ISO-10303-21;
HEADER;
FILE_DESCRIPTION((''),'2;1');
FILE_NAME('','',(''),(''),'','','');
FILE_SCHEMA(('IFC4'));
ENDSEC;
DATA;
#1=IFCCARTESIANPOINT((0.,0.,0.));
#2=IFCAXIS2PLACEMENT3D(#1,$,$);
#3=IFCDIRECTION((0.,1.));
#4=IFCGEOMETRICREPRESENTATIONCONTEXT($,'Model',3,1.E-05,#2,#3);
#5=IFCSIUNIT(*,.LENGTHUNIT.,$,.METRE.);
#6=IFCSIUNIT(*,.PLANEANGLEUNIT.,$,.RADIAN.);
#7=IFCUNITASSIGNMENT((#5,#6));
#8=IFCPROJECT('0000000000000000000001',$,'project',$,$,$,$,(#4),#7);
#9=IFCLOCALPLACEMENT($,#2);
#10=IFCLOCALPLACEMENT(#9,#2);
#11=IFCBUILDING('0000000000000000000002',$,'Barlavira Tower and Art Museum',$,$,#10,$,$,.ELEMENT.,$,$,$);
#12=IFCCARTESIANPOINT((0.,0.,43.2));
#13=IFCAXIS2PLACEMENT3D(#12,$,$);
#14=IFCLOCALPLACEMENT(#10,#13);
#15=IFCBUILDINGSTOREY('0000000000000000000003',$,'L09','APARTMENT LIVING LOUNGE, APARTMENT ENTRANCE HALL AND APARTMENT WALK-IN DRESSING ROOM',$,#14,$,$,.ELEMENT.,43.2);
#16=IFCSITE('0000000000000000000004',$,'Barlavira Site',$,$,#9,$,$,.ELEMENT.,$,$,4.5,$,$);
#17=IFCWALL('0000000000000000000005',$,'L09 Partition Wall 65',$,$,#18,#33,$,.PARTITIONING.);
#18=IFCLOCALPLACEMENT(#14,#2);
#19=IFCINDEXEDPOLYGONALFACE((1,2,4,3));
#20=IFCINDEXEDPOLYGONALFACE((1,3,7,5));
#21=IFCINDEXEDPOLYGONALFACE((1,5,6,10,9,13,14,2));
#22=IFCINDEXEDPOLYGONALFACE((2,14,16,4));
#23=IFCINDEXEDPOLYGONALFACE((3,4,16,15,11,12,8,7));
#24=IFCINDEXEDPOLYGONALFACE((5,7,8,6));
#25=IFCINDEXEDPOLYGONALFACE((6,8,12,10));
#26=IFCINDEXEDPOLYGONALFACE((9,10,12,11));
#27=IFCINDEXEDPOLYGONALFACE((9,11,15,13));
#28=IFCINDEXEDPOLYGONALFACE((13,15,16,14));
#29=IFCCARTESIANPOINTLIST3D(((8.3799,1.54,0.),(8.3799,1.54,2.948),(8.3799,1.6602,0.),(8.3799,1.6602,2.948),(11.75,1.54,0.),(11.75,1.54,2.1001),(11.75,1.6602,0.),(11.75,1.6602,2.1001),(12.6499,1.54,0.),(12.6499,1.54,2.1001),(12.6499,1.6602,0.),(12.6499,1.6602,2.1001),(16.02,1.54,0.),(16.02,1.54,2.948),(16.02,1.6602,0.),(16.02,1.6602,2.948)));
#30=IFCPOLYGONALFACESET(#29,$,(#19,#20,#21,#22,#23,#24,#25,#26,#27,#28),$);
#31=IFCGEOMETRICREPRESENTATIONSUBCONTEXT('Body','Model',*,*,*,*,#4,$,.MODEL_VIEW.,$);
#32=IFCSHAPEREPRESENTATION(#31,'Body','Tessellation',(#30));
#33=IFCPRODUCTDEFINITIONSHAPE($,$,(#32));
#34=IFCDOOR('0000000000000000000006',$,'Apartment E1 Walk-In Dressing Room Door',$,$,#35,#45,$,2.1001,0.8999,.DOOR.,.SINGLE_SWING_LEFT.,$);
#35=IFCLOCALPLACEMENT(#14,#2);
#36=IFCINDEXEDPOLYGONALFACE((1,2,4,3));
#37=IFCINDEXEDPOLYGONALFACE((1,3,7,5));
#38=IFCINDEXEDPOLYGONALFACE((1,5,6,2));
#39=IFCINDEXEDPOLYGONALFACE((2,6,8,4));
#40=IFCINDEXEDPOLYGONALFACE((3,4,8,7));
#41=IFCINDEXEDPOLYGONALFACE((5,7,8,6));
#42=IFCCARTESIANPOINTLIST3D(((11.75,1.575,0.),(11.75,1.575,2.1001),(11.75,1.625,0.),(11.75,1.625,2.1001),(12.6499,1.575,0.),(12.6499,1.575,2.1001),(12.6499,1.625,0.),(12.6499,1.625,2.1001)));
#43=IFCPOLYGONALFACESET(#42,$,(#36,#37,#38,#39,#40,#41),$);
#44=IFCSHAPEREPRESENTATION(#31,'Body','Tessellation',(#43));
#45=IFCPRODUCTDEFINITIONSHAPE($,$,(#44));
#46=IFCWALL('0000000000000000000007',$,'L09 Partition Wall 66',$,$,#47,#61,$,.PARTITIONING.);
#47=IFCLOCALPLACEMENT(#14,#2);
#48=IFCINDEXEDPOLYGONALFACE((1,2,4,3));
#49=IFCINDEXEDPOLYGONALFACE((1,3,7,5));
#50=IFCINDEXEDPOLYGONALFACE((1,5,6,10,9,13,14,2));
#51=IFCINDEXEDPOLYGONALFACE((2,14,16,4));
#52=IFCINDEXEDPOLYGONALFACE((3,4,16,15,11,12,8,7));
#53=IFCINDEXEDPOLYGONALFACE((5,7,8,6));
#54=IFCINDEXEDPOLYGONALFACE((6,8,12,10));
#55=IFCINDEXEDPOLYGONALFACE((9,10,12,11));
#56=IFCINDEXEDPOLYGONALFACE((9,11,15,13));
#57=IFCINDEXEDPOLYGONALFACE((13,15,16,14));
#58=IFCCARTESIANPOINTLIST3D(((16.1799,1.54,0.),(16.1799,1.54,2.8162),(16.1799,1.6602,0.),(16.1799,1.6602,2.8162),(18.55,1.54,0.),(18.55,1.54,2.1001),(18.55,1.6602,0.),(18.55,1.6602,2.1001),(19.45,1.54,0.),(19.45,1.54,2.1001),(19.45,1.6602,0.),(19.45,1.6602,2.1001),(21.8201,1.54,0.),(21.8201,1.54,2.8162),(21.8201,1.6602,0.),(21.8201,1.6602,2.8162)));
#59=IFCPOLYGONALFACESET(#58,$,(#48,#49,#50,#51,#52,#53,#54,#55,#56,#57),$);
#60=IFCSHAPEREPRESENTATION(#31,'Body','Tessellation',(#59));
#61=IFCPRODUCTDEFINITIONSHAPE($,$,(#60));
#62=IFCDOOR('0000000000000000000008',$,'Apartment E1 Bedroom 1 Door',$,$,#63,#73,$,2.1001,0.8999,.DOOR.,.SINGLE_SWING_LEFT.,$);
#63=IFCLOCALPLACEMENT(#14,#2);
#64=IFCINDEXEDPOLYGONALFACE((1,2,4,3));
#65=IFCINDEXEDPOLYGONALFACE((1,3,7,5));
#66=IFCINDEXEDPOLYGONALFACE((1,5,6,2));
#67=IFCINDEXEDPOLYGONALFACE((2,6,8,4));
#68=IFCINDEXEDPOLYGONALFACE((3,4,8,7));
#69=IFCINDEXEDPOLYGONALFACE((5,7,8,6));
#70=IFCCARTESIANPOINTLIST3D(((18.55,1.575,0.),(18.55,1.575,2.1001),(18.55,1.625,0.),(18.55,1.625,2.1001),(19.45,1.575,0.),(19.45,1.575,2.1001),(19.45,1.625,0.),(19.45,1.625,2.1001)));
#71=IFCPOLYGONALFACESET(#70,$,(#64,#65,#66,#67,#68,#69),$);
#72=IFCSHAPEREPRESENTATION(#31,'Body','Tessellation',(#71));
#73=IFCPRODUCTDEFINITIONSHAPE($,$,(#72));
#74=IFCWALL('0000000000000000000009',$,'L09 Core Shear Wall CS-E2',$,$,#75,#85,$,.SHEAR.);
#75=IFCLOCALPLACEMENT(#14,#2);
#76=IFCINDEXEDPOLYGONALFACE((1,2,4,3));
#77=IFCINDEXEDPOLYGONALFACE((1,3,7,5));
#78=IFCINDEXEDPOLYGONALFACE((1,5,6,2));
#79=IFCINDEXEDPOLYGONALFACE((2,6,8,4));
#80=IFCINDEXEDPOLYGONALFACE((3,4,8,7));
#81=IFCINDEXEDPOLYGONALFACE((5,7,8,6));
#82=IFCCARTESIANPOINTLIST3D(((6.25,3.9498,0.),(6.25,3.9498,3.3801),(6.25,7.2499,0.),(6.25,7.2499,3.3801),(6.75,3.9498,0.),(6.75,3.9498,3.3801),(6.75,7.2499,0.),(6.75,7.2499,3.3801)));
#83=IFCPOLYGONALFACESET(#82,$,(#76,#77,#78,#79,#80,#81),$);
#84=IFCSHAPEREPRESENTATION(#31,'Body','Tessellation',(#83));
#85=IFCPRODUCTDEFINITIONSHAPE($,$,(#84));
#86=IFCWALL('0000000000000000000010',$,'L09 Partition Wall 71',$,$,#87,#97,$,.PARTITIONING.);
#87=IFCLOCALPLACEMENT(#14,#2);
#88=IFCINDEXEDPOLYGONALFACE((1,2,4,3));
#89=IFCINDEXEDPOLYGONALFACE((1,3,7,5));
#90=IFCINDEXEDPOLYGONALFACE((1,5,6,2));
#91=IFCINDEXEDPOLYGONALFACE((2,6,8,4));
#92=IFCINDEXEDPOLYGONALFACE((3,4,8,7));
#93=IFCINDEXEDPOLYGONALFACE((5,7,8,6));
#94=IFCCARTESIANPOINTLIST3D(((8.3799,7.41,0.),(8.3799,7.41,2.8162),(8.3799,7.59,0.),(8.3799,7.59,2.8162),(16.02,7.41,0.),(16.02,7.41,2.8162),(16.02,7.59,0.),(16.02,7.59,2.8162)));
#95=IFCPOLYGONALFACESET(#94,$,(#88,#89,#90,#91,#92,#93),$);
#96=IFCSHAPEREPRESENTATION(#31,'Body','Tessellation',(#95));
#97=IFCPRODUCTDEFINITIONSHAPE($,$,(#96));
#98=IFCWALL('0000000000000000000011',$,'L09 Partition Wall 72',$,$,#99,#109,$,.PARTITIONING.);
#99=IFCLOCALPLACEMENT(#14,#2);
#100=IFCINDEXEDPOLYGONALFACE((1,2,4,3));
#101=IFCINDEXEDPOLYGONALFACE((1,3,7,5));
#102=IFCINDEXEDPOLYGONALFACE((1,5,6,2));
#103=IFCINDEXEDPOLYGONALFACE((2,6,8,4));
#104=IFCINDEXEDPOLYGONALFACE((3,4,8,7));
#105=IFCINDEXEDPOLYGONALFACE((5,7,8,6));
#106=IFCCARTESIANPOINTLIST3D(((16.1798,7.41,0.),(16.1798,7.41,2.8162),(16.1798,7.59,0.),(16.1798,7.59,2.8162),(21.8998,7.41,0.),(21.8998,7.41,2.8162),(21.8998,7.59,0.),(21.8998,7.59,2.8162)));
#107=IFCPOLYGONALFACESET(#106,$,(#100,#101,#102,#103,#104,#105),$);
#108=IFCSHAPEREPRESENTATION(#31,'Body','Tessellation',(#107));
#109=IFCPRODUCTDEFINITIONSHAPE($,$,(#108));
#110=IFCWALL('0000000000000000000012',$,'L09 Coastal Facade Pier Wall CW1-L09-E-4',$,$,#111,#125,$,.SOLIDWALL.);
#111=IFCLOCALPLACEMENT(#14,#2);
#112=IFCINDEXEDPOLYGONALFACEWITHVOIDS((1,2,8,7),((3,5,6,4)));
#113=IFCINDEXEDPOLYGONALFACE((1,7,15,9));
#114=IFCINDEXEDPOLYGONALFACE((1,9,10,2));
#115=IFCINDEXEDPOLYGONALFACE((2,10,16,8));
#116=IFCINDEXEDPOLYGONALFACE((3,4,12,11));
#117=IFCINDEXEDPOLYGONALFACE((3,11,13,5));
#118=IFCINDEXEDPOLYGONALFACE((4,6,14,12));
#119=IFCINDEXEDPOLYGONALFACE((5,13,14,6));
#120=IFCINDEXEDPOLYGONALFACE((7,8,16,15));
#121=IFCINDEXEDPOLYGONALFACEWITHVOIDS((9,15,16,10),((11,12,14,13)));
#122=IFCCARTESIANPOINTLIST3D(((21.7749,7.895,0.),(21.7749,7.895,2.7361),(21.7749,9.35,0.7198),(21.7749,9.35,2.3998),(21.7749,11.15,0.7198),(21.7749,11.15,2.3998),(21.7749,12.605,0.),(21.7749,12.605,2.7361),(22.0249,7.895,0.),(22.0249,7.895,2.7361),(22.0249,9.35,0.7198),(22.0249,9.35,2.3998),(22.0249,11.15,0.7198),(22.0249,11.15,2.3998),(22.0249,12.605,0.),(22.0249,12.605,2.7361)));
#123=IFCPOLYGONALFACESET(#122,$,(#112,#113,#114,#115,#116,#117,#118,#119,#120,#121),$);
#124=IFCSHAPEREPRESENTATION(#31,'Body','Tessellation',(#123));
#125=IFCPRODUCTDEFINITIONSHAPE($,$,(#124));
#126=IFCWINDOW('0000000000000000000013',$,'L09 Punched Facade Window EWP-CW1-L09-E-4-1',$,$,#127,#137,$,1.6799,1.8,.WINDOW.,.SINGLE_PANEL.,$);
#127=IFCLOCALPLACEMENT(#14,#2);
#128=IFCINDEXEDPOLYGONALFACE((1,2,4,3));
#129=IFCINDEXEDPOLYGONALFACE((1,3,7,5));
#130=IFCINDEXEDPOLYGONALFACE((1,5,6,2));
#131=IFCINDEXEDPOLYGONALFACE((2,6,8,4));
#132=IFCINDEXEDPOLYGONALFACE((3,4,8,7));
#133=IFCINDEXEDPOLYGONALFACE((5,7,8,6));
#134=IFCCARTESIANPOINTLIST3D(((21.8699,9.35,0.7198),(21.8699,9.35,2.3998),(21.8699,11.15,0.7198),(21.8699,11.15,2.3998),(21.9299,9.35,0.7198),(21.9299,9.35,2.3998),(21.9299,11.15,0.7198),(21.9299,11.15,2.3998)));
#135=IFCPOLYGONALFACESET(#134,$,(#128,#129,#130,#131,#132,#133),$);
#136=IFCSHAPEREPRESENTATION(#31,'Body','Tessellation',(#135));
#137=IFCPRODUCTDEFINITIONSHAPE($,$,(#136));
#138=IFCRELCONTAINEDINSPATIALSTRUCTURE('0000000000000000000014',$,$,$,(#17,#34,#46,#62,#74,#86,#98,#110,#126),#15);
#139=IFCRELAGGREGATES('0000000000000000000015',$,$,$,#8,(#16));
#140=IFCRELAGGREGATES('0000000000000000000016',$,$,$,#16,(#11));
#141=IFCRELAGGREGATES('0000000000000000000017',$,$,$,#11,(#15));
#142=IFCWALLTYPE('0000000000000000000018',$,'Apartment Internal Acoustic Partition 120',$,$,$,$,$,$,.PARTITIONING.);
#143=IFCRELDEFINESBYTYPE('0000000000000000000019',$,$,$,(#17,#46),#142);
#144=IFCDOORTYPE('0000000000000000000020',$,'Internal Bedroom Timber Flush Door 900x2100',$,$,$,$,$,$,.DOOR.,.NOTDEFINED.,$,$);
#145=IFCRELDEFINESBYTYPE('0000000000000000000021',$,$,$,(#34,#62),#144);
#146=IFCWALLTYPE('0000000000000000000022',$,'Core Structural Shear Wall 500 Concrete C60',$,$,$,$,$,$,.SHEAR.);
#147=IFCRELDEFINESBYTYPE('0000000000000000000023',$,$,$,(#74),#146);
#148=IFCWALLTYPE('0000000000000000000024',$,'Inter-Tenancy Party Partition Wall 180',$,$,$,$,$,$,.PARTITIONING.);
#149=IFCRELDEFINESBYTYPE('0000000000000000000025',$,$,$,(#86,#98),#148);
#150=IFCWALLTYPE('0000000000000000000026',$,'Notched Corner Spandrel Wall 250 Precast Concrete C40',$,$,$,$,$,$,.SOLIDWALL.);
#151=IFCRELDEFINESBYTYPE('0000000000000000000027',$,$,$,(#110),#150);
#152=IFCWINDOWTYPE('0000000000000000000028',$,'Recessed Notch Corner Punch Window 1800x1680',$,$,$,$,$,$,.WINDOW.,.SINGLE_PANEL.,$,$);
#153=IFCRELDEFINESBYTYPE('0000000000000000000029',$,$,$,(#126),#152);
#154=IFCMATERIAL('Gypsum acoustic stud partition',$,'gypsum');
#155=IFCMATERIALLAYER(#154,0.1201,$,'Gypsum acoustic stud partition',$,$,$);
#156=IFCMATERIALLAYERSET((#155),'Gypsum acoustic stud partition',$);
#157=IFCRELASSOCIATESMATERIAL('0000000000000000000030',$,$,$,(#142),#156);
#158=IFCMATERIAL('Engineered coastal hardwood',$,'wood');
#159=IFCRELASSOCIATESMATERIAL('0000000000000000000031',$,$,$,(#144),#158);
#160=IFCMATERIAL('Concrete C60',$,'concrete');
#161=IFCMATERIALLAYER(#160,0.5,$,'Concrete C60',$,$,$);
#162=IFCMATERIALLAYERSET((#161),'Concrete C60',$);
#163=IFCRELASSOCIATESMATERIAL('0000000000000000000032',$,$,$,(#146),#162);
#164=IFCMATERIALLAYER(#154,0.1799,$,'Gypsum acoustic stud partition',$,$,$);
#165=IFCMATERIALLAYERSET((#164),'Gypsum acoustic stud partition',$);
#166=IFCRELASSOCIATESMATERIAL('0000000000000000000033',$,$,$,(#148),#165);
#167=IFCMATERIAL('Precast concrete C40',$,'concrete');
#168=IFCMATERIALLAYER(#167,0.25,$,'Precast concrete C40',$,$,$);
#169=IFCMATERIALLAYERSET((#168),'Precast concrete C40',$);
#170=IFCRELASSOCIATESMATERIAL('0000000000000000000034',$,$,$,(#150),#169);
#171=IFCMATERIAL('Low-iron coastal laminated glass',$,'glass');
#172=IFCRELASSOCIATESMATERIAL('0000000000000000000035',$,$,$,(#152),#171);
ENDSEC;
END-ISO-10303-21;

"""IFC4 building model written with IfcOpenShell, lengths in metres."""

from ifc_helpers import new_model, si_unit, direction, frame, frame_2d, origin, place, context, subcontext, project, spatial, rectangle, extrude, material, layer, layer_set, type_object, element, fill, save


model = new_model("IFC4")

# Units and contexts
model_context = context("Model", 3, precision=1e-05, world=origin(), true_north=direction((0.0, 1.0)))
body_context = subcontext(model_context, "Body", "Model", "MODEL_VIEW")
ifc_project = project(units=[si_unit("LENGTHUNIT", "METRE"), si_unit("PLANEANGLEUNIT", "RADIAN")], contexts=[model_context])

# Site, building, storey
site_placement = place(None, origin())
site = spatial("IfcSite", under=ifc_project, at=site_placement, Name="Barlavira Site", CompositionType="ELEMENT", RefElevation=4.5)
building_placement = place(site_placement, origin())
building = spatial("IfcBuilding", under=site, at=building_placement, Name="Barlavira Tower and Art Museum", CompositionType="ELEMENT")
storey_placement = place(building_placement, frame((0.0, 0.0, 43.2)))
storey = spatial("IfcBuildingStorey", under=building, at=storey_placement, Name="L09", Description="APARTMENT LIVING LOUNGE, APARTMENT ENTRANCE HALL AND APARTMENT WALK-IN DRESSING ROOM", CompositionType="ELEMENT", Elevation=43.2)

# Shared definitions
ifc_material_1 = material(Name="Concrete C60", Category="concrete")

# Shared definitions
ifc_material_2 = material(Name="Low-iron coastal laminated glass", Category="glass")

# Walls, openings, doors
ifc_material_3 = material(Name="Gypsum acoustic stud partition", Category="gypsum")
ifc_layer_1 = layer(ifc_material_3, 0.1201, Name="Gypsum acoustic stud partition")
ifc_layer_set_1 = layer_set([ifc_layer_1], Name="Gypsum acoustic stud partition")
wall_type_1 = type_object("IfcWallType", Name="Apartment Internal Acoustic Partition 120", PredefinedType="PARTITIONING", material=ifc_layer_set_1)
wall_1_placement = place(storey_placement, frame((8.3799, 1.6001, 0.0), z_axis=(0.0, 0.0, 1.0), x_axis=(1.0, 0.0, 0.0)))
wall_1 = element("IfcWall", 1, at=wall_1_placement, inside=storey, type_object=wall_type_1, Name="L09 Partition Wall 65", PredefinedType="PARTITIONING", context=body_context, shape_type="SweptSolid", body=[
    extrude(rectangle(XDim=7.6401, YDim=0.1201, at=frame_2d((3.8201, 0.0))), origin(), (0.0, 0.0, 1.0), 2.948),
])
opening_1_placement = place(wall_1_placement, frame((3.3701, 0.0, 0.0)))
opening_1 = element("IfcOpeningElement", 2, at=opening_1_placement, cuts=wall_1, PredefinedType="OPENING", context=body_context, shape_type="SweptSolid", body=[
    extrude(rectangle(XDim=0.8999, YDim=2.1001, at=frame_2d((0.45, 1.05))), frame((0.0, 0.0701, 0.0), z_axis=(0.0, -1.0, 0.0), x_axis=(1.0, 0.0, 0.0)), (0.0, 0.0, 1.0), 0.1401),
])
ifc_material_4 = material(Name="Engineered coastal hardwood", Category="wood")
door_type = type_object("IfcDoorType", Name="Internal Bedroom Timber Flush Door 900x2100", OperationType="NOTDEFINED", PredefinedType="DOOR", material=ifc_material_4)
door_1_placement = place(opening_1_placement, origin())
door_1 = element("IfcDoor", 3, at=door_1_placement, inside=storey, type_object=door_type, Name="Apartment E1 Walk-In Dressing Room Door", OperationType="SINGLE_SWING_LEFT", OverallHeight=2.1001, OverallWidth=0.8999, PredefinedType="DOOR", context=body_context, shape_type="SweptSolid", body=[
    extrude(rectangle(XDim=0.8999, YDim=2.1001, at=frame_2d((0.45, 1.05))), frame((0.0, 0.0249, 0.0), z_axis=(0.0, -1.0, 0.0), x_axis=(1.0, 0.0, 0.0)), (0.0, 0.0, 1.0), 0.05),
])
fill(opening_1, door_1)
wall_2_placement = place(storey_placement, frame((16.1799, 1.6001, 0.0), z_axis=(0.0, 0.0, 1.0), x_axis=(1.0, 0.0, 0.0)))
wall_2 = element("IfcWall", 4, at=wall_2_placement, inside=storey, type_object=wall_type_1, Name="L09 Partition Wall 66", PredefinedType="PARTITIONING", context=body_context, shape_type="SweptSolid", body=[
    extrude(rectangle(XDim=5.6401, YDim=0.1201, at=frame_2d((2.8201, 0.0))), origin(), (0.0, 0.0, 1.0), 2.8162),
])
opening_2_placement = place(wall_2_placement, frame((2.3701, 0.0, 0.0)))
opening_2 = element("IfcOpeningElement", 5, at=opening_2_placement, cuts=wall_2, PredefinedType="OPENING", context=body_context, shape_type="SweptSolid", body=[
    extrude(rectangle(XDim=0.8999, YDim=2.1001, at=frame_2d((0.45, 1.05))), frame((0.0, 0.0701, 0.0), z_axis=(0.0, -1.0, 0.0), x_axis=(1.0, 0.0, 0.0)), (0.0, 0.0, 1.0), 0.1401),
])
door_2_placement = place(opening_2_placement, origin())
door_2 = element("IfcDoor", 6, at=door_2_placement, inside=storey, type_object=door_type, Name="Apartment E1 Bedroom 1 Door", OperationType="SINGLE_SWING_LEFT", OverallHeight=2.1001, OverallWidth=0.8999, PredefinedType="DOOR", context=body_context, shape_type="SweptSolid", body=[
    extrude(rectangle(XDim=0.8999, YDim=2.1001, at=frame_2d((0.45, 1.05))), frame((0.0, 0.0249, 0.0), z_axis=(0.0, -1.0, 0.0), x_axis=(1.0, 0.0, 0.0)), (0.0, 0.0, 1.0), 0.05),
])
fill(opening_2, door_2)

# Walls
ifc_layer_2 = layer(ifc_material_1, 0.5, Name="Concrete C60")
ifc_layer_set_2 = layer_set([ifc_layer_2], Name="Concrete C60")
wall_type_2 = type_object("IfcWallType", Name="Core Structural Shear Wall 500 Concrete C60", PredefinedType="SHEAR", material=ifc_layer_set_2)
wall_3_placement = place(storey_placement, frame((6.5, 3.95, 0.0), z_axis=(0.0, 0.0, 1.0), x_axis=(0.0, 1.0, 0.0)))
element("IfcWall", 7, at=wall_3_placement, inside=storey, type_object=wall_type_2, Name="L09 Core Shear Wall CS-E2", PredefinedType="SHEAR", context=body_context, shape_type="SweptSolid", body=[
    extrude(rectangle(XDim=3.3, YDim=0.5, at=frame_2d((1.6499, 0.0))), origin(), (0.0, 0.0, 1.0), 3.3801),
])
ifc_layer_3 = layer(ifc_material_3, 0.1799, Name="Gypsum acoustic stud partition")
ifc_layer_set_3 = layer_set([ifc_layer_3], Name="Gypsum acoustic stud partition")
wall_type_3 = type_object("IfcWallType", Name="Inter-Tenancy Party Partition Wall 180", PredefinedType="PARTITIONING", material=ifc_layer_set_3)
wall_4_placement = place(storey_placement, frame((8.3799, 7.5, 0.0), z_axis=(0.0, 0.0, 1.0), x_axis=(1.0, 0.0, 0.0)))
element("IfcWall", 8, at=wall_4_placement, inside=storey, type_object=wall_type_3, Name="L09 Partition Wall 71", PredefinedType="PARTITIONING", context=body_context, shape_type="SweptSolid", body=[
    extrude(rectangle(XDim=7.6401, YDim=0.1799, at=frame_2d((3.8201, 0.0))), origin(), (0.0, 0.0, 1.0), 2.8162),
])
wall_5_placement = place(storey_placement, frame((16.1799, 7.5, 0.0), z_axis=(0.0, 0.0, 1.0), x_axis=(1.0, 0.0, 0.0)))
element("IfcWall", 9, at=wall_5_placement, inside=storey, type_object=wall_type_3, Name="L09 Partition Wall 72", PredefinedType="PARTITIONING", context=body_context, shape_type="SweptSolid", body=[
    extrude(rectangle(XDim=5.72, YDim=0.1799, at=frame_2d((2.8599, 0.0))), origin(), (0.0, 0.0, 1.0), 2.8162),
])

# Wall, opening, window
ifc_material_5 = material(Name="Precast concrete C40", Category="concrete")
ifc_layer_4 = layer(ifc_material_5, 0.25, Name="Precast concrete C40")
ifc_layer_set_4 = layer_set([ifc_layer_4], Name="Precast concrete C40")
wall_type_4 = type_object("IfcWallType", Name="Notched Corner Spandrel Wall 250 Precast Concrete C40", PredefinedType="SOLIDWALL", material=ifc_layer_set_4)
wall_6_placement = place(storey_placement, frame((21.8999, 7.895, 0.0), z_axis=(0.0, 0.0, 1.0), x_axis=(0.0, 1.0, 0.0)))
wall_6 = element("IfcWall", 10, at=wall_6_placement, inside=storey, type_object=wall_type_4, Name="L09 Coastal Facade Pier Wall CW1-L09-E-4", PredefinedType="SOLIDWALL", context=body_context, shape_type="SweptSolid", body=[
    extrude(rectangle(XDim=4.71, YDim=0.25, at=frame_2d((2.355, 0.0))), origin(), (0.0, 0.0, 1.0), 2.7361),
])
opening_3_placement = place(wall_6_placement, frame((1.4551, 0.0, 0.72)))
opening_3 = element("IfcOpeningElement", 11, at=opening_3_placement, cuts=wall_6, PredefinedType="OPENING", context=body_context, shape_type="SweptSolid", body=[
    extrude(rectangle(XDim=1.8, YDim=1.6799, at=frame_2d((0.8999, 0.8398))), frame((0.0, 0.135, 0.0), z_axis=(0.0, -1.0, 0.0), x_axis=(1.0, 0.0, 0.0)), (0.0, 0.0, 1.0), 0.27),
])
window_type = type_object("IfcWindowType", Name="Recessed Notch Corner Punch Window 1800x1680", PartitioningType="SINGLE_PANEL", PredefinedType="WINDOW", material=ifc_material_2)
window_placement = place(opening_3_placement, origin())
window = element("IfcWindow", 12, at=window_placement, inside=storey, type_object=window_type, Name="L09 Punched Facade Window EWP-CW1-L09-E-4-1", OverallHeight=1.6799, OverallWidth=1.8, PartitioningType="SINGLE_PANEL", PredefinedType="WINDOW", context=body_context, shape_type="SweptSolid", body=[
    extrude(rectangle(XDim=1.8, YDim=1.6799, at=frame_2d((0.8999, 0.8398))), frame((0.0, 0.03, 0.0), z_axis=(0.0, -1.0, 0.0), x_axis=(1.0, 0.0, 0.0)), (0.0, 0.0, 1.0), 0.0601),
])
fill(opening_3, window)

save(model, "model.ifc")
